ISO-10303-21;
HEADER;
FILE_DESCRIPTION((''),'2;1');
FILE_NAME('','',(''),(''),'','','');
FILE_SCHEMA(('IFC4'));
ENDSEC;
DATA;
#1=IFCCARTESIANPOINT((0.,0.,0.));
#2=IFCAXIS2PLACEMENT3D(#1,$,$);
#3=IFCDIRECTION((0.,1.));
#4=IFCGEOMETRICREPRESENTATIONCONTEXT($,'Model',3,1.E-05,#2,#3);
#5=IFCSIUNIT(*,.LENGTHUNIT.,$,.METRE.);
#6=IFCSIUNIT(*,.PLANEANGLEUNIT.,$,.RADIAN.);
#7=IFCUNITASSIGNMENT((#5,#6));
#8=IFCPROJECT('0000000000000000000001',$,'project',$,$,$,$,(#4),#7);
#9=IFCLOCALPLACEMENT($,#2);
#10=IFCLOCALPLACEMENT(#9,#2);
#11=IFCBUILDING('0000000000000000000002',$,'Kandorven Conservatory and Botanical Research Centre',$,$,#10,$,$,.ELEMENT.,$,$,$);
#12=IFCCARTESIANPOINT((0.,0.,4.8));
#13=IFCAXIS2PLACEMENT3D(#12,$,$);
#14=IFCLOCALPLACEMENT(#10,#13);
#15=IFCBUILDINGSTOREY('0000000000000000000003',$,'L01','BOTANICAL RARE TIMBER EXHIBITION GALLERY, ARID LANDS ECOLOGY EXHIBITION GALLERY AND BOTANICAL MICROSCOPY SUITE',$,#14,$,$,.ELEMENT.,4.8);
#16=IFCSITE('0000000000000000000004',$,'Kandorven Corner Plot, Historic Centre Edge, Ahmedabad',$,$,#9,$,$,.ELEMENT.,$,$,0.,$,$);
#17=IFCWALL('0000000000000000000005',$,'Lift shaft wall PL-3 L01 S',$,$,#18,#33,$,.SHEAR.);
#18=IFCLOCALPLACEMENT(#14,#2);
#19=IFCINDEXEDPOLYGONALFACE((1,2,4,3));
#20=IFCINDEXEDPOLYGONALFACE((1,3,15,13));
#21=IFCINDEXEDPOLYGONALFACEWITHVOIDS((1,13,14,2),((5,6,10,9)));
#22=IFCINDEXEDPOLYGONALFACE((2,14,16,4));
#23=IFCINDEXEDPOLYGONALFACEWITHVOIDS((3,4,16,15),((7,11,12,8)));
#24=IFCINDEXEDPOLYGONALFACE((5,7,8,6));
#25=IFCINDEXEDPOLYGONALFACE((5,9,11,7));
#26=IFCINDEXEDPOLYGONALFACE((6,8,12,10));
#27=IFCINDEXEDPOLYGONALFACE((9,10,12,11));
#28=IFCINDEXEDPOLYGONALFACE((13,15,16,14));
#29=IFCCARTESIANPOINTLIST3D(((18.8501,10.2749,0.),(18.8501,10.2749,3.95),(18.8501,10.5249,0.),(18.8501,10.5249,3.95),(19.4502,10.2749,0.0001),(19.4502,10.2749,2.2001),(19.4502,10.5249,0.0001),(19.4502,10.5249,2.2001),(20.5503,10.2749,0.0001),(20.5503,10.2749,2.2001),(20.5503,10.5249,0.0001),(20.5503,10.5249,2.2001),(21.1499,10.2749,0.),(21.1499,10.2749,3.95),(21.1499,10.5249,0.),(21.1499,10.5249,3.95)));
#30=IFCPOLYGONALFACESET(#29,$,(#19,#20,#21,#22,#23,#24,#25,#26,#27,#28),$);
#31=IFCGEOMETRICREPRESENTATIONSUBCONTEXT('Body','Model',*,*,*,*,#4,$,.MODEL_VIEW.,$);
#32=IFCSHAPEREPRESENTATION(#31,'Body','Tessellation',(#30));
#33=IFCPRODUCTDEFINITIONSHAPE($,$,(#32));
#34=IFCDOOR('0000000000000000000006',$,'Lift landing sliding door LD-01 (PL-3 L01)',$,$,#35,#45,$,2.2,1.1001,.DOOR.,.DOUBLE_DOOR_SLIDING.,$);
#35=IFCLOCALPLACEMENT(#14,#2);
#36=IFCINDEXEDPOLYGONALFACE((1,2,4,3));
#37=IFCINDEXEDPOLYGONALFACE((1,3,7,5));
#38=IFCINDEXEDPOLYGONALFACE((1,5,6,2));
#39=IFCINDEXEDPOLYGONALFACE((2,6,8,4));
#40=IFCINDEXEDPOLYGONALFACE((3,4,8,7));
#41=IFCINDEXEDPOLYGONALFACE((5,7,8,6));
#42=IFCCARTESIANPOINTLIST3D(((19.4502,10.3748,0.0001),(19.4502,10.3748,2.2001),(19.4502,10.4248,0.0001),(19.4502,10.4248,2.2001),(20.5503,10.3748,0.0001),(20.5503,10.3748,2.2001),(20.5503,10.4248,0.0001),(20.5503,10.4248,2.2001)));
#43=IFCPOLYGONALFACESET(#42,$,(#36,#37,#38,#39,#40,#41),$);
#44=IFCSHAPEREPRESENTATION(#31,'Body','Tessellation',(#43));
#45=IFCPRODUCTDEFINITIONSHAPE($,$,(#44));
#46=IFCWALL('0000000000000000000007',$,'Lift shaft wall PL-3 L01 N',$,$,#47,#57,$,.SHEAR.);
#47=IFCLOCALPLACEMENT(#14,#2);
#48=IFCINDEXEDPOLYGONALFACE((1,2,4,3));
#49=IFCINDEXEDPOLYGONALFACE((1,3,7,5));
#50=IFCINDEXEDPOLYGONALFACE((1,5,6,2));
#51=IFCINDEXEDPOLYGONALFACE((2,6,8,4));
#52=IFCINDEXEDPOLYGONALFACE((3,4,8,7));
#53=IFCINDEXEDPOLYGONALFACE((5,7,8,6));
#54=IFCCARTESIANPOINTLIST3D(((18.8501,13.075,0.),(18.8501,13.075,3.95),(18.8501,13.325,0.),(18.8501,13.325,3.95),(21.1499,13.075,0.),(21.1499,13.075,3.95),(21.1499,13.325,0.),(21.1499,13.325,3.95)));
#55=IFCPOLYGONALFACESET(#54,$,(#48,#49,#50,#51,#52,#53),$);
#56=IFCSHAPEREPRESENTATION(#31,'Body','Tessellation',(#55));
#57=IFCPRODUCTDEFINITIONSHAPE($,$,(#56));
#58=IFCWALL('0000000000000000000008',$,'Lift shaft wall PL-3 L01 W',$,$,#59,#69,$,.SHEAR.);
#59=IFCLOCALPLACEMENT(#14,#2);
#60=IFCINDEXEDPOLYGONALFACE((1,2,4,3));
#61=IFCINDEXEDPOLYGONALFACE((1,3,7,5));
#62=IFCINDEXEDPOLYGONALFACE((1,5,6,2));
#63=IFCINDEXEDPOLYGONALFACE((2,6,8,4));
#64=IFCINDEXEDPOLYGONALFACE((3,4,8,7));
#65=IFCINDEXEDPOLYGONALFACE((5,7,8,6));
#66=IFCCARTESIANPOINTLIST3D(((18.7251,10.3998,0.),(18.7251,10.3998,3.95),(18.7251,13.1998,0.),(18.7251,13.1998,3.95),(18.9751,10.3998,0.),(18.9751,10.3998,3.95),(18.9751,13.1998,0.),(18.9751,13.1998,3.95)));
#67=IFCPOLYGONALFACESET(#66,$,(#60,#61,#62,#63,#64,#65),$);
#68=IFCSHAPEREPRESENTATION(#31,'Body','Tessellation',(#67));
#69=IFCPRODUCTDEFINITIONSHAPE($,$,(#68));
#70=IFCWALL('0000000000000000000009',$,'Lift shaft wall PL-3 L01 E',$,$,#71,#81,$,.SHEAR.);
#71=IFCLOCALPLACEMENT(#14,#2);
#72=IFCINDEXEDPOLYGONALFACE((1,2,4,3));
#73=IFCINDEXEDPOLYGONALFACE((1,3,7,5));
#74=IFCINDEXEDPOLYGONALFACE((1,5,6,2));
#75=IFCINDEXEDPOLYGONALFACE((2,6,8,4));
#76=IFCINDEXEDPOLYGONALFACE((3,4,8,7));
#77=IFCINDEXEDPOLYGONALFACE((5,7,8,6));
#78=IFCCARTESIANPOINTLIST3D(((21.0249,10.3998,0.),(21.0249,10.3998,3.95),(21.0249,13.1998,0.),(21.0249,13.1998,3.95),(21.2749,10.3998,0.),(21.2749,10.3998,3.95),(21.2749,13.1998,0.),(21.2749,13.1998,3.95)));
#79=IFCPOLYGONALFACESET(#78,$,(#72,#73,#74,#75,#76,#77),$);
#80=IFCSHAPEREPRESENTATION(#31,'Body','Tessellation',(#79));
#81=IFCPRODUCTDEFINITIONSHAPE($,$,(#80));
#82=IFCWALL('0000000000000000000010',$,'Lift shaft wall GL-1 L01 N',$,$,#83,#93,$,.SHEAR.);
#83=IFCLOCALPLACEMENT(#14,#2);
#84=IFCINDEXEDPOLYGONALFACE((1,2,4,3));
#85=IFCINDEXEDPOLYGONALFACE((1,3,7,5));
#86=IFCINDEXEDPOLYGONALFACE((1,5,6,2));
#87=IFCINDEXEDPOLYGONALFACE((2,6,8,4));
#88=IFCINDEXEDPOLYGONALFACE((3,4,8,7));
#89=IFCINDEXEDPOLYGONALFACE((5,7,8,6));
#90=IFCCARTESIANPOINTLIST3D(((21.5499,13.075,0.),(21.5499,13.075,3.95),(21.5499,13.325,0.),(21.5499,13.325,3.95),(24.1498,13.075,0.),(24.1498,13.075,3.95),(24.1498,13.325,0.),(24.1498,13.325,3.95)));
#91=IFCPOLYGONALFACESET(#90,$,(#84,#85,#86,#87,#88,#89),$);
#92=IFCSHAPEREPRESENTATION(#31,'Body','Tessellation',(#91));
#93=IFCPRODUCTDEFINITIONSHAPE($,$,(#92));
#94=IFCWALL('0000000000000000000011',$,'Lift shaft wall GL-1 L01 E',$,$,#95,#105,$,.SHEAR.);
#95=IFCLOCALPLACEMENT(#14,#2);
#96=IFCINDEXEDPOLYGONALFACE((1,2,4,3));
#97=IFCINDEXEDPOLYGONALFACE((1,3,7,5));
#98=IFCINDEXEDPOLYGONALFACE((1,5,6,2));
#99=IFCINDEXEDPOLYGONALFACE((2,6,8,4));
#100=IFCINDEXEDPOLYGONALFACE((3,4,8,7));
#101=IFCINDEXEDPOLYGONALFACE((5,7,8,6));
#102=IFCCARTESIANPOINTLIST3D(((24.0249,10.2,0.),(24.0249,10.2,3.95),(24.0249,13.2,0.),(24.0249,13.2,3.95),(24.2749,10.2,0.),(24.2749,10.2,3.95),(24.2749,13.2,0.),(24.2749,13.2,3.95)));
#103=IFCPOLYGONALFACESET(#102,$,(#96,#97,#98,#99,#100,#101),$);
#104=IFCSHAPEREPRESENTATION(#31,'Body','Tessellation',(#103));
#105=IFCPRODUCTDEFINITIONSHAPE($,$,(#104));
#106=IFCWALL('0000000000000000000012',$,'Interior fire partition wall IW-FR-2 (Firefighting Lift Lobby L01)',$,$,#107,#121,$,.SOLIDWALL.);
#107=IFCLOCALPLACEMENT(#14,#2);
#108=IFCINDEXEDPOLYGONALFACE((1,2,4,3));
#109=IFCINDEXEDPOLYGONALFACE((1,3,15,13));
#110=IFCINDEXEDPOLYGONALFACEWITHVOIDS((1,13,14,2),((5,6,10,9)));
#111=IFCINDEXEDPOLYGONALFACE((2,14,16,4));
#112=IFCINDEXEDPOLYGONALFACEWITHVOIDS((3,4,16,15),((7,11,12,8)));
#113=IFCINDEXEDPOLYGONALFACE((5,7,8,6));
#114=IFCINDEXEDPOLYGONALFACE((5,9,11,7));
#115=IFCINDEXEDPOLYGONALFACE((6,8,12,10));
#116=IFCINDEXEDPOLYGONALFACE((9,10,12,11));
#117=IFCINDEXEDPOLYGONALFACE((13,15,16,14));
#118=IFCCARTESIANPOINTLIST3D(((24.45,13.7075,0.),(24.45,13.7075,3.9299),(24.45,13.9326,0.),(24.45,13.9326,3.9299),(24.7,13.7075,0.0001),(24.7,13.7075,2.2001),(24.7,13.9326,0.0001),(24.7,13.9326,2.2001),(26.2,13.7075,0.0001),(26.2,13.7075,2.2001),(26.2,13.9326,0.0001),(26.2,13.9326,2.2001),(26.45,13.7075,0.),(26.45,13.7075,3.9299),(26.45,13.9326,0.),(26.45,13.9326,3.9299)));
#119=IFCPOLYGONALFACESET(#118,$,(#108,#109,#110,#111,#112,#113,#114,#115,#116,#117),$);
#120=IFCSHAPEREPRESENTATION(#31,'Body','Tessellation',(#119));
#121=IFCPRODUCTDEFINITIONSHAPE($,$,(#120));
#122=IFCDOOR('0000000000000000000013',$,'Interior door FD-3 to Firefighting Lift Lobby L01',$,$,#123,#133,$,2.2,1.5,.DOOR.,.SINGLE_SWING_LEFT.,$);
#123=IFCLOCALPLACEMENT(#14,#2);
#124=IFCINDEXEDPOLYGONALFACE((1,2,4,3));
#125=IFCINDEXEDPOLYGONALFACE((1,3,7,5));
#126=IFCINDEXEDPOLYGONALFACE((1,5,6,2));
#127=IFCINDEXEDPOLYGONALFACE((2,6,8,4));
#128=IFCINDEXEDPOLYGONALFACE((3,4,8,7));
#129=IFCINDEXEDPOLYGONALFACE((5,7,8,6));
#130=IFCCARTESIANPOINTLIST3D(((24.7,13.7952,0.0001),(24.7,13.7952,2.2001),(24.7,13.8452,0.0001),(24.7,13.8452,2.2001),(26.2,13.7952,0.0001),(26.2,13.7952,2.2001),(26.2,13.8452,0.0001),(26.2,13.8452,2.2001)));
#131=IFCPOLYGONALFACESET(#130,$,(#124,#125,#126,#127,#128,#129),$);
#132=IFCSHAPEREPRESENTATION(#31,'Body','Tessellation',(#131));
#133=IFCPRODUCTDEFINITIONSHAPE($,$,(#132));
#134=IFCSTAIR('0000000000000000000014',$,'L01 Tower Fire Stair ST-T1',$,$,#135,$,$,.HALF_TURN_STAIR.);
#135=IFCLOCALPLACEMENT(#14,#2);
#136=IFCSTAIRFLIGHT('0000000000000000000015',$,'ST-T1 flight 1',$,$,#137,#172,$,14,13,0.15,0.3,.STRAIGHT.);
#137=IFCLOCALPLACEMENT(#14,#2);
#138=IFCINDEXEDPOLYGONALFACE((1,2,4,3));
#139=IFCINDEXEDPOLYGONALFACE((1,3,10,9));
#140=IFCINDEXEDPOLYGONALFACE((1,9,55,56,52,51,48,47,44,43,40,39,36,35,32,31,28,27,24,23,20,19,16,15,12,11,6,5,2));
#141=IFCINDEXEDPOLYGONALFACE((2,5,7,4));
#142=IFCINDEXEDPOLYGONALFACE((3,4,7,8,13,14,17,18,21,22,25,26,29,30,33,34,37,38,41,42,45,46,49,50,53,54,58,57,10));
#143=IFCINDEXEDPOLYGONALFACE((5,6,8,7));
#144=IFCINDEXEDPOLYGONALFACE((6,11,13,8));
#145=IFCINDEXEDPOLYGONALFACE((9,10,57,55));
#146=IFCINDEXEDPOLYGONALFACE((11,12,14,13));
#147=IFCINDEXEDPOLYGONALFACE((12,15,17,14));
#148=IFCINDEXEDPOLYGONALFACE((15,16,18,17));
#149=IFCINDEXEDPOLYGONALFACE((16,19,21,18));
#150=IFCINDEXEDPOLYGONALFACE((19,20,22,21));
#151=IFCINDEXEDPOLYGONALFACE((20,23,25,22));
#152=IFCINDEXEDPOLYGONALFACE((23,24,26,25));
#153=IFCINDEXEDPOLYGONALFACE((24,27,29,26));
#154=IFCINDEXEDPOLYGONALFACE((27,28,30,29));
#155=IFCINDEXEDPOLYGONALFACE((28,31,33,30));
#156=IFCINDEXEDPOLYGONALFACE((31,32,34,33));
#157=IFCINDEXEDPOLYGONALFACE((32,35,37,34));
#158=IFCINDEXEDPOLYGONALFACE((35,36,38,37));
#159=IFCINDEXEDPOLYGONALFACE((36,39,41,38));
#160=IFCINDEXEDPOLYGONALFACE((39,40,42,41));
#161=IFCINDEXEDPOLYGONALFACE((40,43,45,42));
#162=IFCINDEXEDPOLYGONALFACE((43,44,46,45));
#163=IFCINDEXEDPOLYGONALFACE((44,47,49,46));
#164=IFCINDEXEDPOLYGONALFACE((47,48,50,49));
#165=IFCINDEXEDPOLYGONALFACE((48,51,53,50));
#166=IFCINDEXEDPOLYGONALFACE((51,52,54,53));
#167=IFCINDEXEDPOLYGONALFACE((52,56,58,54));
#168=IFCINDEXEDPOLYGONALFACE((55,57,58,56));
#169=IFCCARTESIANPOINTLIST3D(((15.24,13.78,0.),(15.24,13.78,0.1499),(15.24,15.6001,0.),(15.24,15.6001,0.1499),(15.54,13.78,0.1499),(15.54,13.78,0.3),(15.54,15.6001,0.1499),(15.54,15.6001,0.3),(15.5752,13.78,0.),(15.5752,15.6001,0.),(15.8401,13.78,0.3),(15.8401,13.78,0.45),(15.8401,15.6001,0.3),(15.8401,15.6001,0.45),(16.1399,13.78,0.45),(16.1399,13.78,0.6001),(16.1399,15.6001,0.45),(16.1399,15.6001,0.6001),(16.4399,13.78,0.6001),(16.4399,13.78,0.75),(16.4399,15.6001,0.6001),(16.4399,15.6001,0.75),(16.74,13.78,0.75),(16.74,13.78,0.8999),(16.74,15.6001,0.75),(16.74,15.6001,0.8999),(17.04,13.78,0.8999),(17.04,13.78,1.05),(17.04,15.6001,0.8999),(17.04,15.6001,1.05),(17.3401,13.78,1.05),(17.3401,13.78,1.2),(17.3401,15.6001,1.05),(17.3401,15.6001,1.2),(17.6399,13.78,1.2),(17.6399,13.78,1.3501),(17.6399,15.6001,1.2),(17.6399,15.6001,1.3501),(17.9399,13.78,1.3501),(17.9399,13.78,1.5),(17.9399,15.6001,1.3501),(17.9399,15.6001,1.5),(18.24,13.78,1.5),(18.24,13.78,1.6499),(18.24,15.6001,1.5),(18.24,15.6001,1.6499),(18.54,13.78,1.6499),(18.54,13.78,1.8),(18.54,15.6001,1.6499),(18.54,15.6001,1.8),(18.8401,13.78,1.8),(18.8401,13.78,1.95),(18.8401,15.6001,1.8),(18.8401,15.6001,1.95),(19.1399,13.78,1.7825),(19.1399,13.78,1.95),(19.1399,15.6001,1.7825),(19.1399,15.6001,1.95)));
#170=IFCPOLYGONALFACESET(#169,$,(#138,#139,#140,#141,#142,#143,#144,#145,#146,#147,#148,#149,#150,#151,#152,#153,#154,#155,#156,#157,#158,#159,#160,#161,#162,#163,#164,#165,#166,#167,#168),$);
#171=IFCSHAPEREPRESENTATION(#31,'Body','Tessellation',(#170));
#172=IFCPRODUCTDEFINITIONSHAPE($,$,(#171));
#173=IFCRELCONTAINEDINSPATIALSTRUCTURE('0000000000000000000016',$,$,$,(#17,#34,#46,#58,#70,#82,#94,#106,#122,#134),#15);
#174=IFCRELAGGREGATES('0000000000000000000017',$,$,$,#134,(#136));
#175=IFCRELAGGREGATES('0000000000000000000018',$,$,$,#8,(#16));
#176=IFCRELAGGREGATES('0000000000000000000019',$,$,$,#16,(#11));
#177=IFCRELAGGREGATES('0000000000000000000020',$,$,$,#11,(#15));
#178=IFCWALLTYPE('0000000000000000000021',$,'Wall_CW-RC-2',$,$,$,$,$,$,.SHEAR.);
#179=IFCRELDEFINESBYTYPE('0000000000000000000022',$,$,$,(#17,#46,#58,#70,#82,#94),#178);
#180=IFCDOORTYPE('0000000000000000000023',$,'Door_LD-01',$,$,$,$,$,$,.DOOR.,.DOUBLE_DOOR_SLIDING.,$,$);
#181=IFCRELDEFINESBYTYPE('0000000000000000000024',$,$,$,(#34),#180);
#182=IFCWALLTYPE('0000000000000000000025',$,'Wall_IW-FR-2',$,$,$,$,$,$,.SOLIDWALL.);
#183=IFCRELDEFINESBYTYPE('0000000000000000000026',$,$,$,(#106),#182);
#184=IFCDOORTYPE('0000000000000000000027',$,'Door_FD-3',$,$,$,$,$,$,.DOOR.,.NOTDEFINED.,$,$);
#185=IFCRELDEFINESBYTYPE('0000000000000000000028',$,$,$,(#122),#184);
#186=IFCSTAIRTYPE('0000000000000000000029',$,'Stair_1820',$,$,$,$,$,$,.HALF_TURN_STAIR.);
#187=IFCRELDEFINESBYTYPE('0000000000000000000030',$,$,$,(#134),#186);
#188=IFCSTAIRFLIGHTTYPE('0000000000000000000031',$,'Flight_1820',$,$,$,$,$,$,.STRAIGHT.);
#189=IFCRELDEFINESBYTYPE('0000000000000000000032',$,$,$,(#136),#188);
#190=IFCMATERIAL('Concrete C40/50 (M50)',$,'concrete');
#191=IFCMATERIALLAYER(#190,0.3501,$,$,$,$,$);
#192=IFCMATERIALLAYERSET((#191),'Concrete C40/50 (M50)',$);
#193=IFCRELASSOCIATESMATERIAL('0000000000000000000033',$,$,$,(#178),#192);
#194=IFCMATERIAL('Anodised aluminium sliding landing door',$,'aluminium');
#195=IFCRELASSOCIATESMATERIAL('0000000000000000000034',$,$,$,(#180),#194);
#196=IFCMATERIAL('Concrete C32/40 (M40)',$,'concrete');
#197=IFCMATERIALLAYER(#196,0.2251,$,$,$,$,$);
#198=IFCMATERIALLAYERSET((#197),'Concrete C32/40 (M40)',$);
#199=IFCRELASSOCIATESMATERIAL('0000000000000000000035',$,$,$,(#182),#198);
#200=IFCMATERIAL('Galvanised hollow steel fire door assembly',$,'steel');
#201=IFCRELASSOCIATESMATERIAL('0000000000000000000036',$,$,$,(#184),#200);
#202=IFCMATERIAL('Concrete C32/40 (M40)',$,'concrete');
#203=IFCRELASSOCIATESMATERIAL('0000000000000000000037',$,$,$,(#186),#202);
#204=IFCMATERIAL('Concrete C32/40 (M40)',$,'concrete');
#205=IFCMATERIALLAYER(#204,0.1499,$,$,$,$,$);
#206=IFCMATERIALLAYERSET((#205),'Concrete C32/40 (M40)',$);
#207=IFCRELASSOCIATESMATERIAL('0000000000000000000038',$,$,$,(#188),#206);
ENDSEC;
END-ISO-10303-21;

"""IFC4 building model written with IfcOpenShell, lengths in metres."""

from ifc_helpers import new_model, si_unit, direction, frame, frame_2d, origin, place, context, subcontext, project, spatial, polyline, rectangle, outline, extrude, material, layer, layer_set, type_object, element, fill, aggregate, save


model = new_model("IFC4")

# Units and contexts
model_context = context("Model", 3, precision=1e-05, world=origin(), true_north=direction((0.0, 1.0)))
body_context = subcontext(model_context, "Body", "Model", "MODEL_VIEW")
ifc_project = project(units=[si_unit("LENGTHUNIT", "METRE"), si_unit("PLANEANGLEUNIT", "RADIAN")], contexts=[model_context])

# Site, building, storey
site_placement = place(None, origin())
site = spatial("IfcSite", under=ifc_project, at=site_placement, Name="Kandorven Corner Plot, Historic Centre Edge, Ahmedabad", CompositionType="ELEMENT", RefElevation=0.0)
building_placement = place(site_placement, origin())
building = spatial("IfcBuilding", under=site, at=building_placement, Name="Kandorven Conservatory and Botanical Research Centre", CompositionType="ELEMENT")
storey_placement = place(building_placement, frame((0.0, 0.0, 4.8)))
storey = spatial("IfcBuildingStorey", under=building, at=storey_placement, Name="L01", Description="BOTANICAL RARE TIMBER EXHIBITION GALLERY, ARID LANDS ECOLOGY EXHIBITION GALLERY AND BOTANICAL MICROSCOPY SUITE", CompositionType="ELEMENT", Elevation=4.8)

# Shared definitions
ifc_material_1 = material(Name="Concrete C40/50 (M50)", Category="concrete")
ifc_layer_1 = layer(ifc_material_1, 0.3501)
ifc_layer_set_1 = layer_set([ifc_layer_1], Name="Concrete C40/50 (M50)")
wall_type_1 = type_object("IfcWallType", Name="Wall_CW-RC-2", PredefinedType="SHEAR", material=ifc_layer_set_1)

# Shared definitions
ifc_material_2 = material(Name="Anodised aluminium sliding landing door", Category="aluminium")
door_type_1 = type_object("IfcDoorType", Name="Door_LD-01", OperationType="DOUBLE_DOOR_SLIDING", PredefinedType="DOOR", material=ifc_material_2)

# Wall, opening, door
wall_1_placement = place(storey_placement, frame((18.8501, 10.3999, 0.0), z_axis=(0.0, 0.0, 1.0), x_axis=(1.0, 0.0, 0.0)))
wall_1 = element("IfcWall", 1, at=wall_1_placement, inside=storey, type_object=wall_type_1, Name="Lift shaft wall PL-3 L01 S", PredefinedType="SHEAR", context=body_context, shape_type="SweptSolid", body=[
    extrude(rectangle(XDim=2.2998, YDim=0.25, at=frame_2d((1.1499, 0.0))), origin(), (0.0, 0.0, 1.0), 3.95),
])
opening_1_placement = place(wall_1_placement, frame((0.6001, 0.0, 0.0)))
opening_1 = element("IfcOpeningElement", 2, at=opening_1_placement, cuts=wall_1, PredefinedType="OPENING", context=body_context, shape_type="SweptSolid", body=[
    extrude(rectangle(XDim=1.1001, YDim=2.2, at=frame_2d((0.55, 1.1001))), frame((0.0, 0.135, 0.0), z_axis=(0.0, -1.0, 0.0), x_axis=(1.0, 0.0, 0.0)), (0.0, 0.0, 1.0), 0.27),
])
door_1_placement = place(opening_1_placement, origin())
door_1 = element("IfcDoor", 3, at=door_1_placement, inside=storey, type_object=door_type_1, Name="Lift landing sliding door LD-01 (PL-3 L01)", OperationType="DOUBLE_DOOR_SLIDING", OverallHeight=2.2, OverallWidth=1.1001, PredefinedType="DOOR", context=body_context, shape_type="SweptSolid", body=[
    extrude(rectangle(XDim=1.1001, YDim=2.2, at=frame_2d((0.55, 1.1001))), frame((0.0, 0.0249, 0.0), z_axis=(0.0, -1.0, 0.0), x_axis=(1.0, 0.0, 0.0)), (0.0, 0.0, 1.0), 0.05),
])
fill(opening_1, door_1)

# Walls
wall_2_placement = place(storey_placement, frame((18.8501, 13.2, 0.0), z_axis=(0.0, 0.0, 1.0), x_axis=(1.0, 0.0, 0.0)))
element("IfcWall", 4, at=wall_2_placement, inside=storey, type_object=wall_type_1, Name="Lift shaft wall PL-3 L01 N", PredefinedType="SHEAR", context=body_context, shape_type="SweptSolid", body=[
    extrude(rectangle(XDim=2.2998, YDim=0.25, at=frame_2d((1.1499, 0.0))), origin(), (0.0, 0.0, 1.0), 3.95),
])
for number, where, z_axis, x_axis, name in (
    (5, (18.8501, 10.3999, 0.0), (0.0, 0.0, 1.0), (0.0, 1.0, 0.0), "Lift shaft wall PL-3 L01 W"),
    (6, (21.1499, 10.3999, 0.0), (0.0, 0.0, 1.0), (0.0, 1.0, 0.0), "Lift shaft wall PL-3 L01 E"),
):
    element("IfcWall", number, at=place(storey_placement, frame(where, z_axis=z_axis, x_axis=x_axis)), inside=storey, type_object=wall_type_1, Name=name, PredefinedType="SHEAR", context=body_context, shape_type="SweptSolid", body=[
        extrude(rectangle(XDim=2.8, YDim=0.25, at=frame_2d((1.3999, 0.0))), origin(), (0.0, 0.0, 1.0), 3.95),
    ])
wall_3_placement = place(storey_placement, frame((21.55, 13.2, 0.0), z_axis=(0.0, 0.0, 1.0), x_axis=(1.0, 0.0, 0.0)))
element("IfcWall", 7, at=wall_3_placement, inside=storey, type_object=wall_type_1, Name="Lift shaft wall GL-1 L01 N", PredefinedType="SHEAR", context=body_context, shape_type="SweptSolid", body=[
    extrude(rectangle(XDim=2.5999, YDim=0.25, at=frame_2d((1.2998, 0.0))), origin(), (0.0, 0.0, 1.0), 3.95),
])
wall_4_placement = place(storey_placement, frame((24.1499, 10.2, 0.0), z_axis=(0.0, 0.0, 1.0), x_axis=(0.0, 1.0, 0.0)))
element("IfcWall", 8, at=wall_4_placement, inside=storey, type_object=wall_type_1, Name="Lift shaft wall GL-1 L01 E", PredefinedType="SHEAR", context=body_context, shape_type="SweptSolid", body=[
    extrude(rectangle(XDim=3.0, YDim=0.25, at=frame_2d((1.5, 0.0))), origin(), (0.0, 0.0, 1.0), 3.95),
])

# Wall, opening, door
ifc_material_3 = material(Name="Concrete C32/40 (M40)", Category="concrete")
ifc_layer_2 = layer(ifc_material_3, 0.2251)
ifc_layer_set_2 = layer_set([ifc_layer_2], Name="Concrete C32/40 (M40)")
wall_type_2 = type_object("IfcWallType", Name="Wall_IW-FR-2", PredefinedType="SOLIDWALL", material=ifc_layer_set_2)
wall_5_placement = place(storey_placement, frame((24.45, 13.8201, 0.0), z_axis=(0.0, 0.0, 1.0), x_axis=(1.0, 0.0, 0.0)))
wall_5 = element("IfcWall", 9, at=wall_5_placement, inside=storey, type_object=wall_type_2, Name="Interior fire partition wall IW-FR-2 (Firefighting Lift Lobby L01)", PredefinedType="SOLIDWALL", context=body_context, shape_type="SweptSolid", body=[
    extrude(rectangle(XDim=2.0, YDim=0.2251, at=frame_2d((1.0, 0.0))), origin(), (0.0, 0.0, 1.0), 3.9299),
])
opening_2_placement = place(wall_5_placement, frame((0.25, 0.0, 0.0)))
opening_2 = element("IfcOpeningElement", 10, at=opening_2_placement, cuts=wall_5, PredefinedType="OPENING", context=body_context, shape_type="SweptSolid", body=[
    extrude(rectangle(XDim=1.5, YDim=2.2, at=frame_2d((0.75, 1.1001))), frame((0.0, 0.1226, 0.0), z_axis=(0.0, -1.0, 0.0), x_axis=(1.0, 0.0, 0.0)), (0.0, 0.0, 1.0), 0.2451),
])
ifc_material_4 = material(Name="Galvanised hollow steel fire door assembly", Category="steel")
door_type_2 = type_object("IfcDoorType", Name="Door_FD-3", OperationType="NOTDEFINED", PredefinedType="DOOR", material=ifc_material_4)
door_2_placement = place(opening_2_placement, frame((1.5, 0.0, 0.0), z_axis=(0.0, 0.0, 1.0), x_axis=(-1.0, 0.0, 0.0)))
door_2 = element("IfcDoor", 11, at=door_2_placement, inside=storey, type_object=door_type_2, Name="Interior door FD-3 to Firefighting Lift Lobby L01", OperationType="SINGLE_SWING_LEFT", OverallHeight=2.2, OverallWidth=1.5, PredefinedType="DOOR", context=body_context, shape_type="SweptSolid", body=[
    extrude(rectangle(XDim=1.5, YDim=2.2, at=frame_2d((0.75, 1.1001))), frame((0.0, 0.0249, 0.0), z_axis=(0.0, -1.0, 0.0), x_axis=(1.0, 0.0, 0.0)), (0.0, 0.0, 1.0), 0.05),
])
fill(opening_2, door_2)

# Stair, stair flight
ifc_material_5 = material(Name="Concrete C32/40 (M40)", Category="concrete")
stair_type = type_object("IfcStairType", Name="Stair_1820", PredefinedType="HALF_TURN_STAIR", material=ifc_material_5)
stair_placement = place(storey_placement, origin())
stair = element("IfcStair", 12, at=stair_placement, inside=storey, type_object=stair_type, Name="L01 Tower Fire Stair ST-T1", PredefinedType="HALF_TURN_STAIR")
ifc_material_6 = material(Name="Concrete C32/40 (M40)", Category="concrete")
ifc_layer_3 = layer(ifc_material_6, 0.1499)
ifc_layer_set_3 = layer_set([ifc_layer_3], Name="Concrete C32/40 (M40)")
stair_flight_type = type_object("IfcStairFlightType", Name="Flight_1820", PredefinedType="STRAIGHT", material=ifc_layer_set_3)
stair_flight_placement = place(storey_placement, frame((15.24, 14.6899, 0.0), z_axis=(0.0, 0.0, 1.0), x_axis=(1.0, 0.0, 0.0)))
stair_flight = element("IfcStairFlight", 13, at=stair_flight_placement, type_object=stair_flight_type, Name="ST-T1 flight 1", NumberOfRisers=14, NumberOfTreads=13, PredefinedType="STRAIGHT", RiserHeight=0.15, TreadLength=0.3, context=body_context, shape_type="SweptSolid", body=[
    extrude(outline(polyline([(0.0, 0.0), (0.0, 0.1499), (0.3, 0.1499), (0.3, 0.3), (0.6001, 0.3), (0.6001, 0.45), (0.8999, 0.45), (0.8999, 0.6001), (1.2, 0.6001), (1.2, 0.75), (1.5, 0.75), (1.5, 0.8999), (1.8, 0.8999), (1.8, 1.05), (2.1001, 1.05), (2.1001, 1.2), (2.3999, 1.2), (2.3999, 1.3501), (2.7, 1.3501), (2.7, 1.5), (3.0, 1.5), (3.0, 1.6499), (3.3, 1.6499), (3.3, 1.8), (3.6001, 1.8), (3.6001, 1.95), (3.8999, 1.95), (3.8999, 2.1001), (3.8999, 1.7825), (0.3352, 0.0), (0.0, 0.0)])), frame((0.0, 0.9102, 0.0), z_axis=(0.0, -1.0, 0.0), x_axis=(1.0, 0.0, 0.0)), (0.0, 0.0, 1.0), 1.8201),
])
aggregate(stair, [stair_flight])

save(model, "model.ifc")
